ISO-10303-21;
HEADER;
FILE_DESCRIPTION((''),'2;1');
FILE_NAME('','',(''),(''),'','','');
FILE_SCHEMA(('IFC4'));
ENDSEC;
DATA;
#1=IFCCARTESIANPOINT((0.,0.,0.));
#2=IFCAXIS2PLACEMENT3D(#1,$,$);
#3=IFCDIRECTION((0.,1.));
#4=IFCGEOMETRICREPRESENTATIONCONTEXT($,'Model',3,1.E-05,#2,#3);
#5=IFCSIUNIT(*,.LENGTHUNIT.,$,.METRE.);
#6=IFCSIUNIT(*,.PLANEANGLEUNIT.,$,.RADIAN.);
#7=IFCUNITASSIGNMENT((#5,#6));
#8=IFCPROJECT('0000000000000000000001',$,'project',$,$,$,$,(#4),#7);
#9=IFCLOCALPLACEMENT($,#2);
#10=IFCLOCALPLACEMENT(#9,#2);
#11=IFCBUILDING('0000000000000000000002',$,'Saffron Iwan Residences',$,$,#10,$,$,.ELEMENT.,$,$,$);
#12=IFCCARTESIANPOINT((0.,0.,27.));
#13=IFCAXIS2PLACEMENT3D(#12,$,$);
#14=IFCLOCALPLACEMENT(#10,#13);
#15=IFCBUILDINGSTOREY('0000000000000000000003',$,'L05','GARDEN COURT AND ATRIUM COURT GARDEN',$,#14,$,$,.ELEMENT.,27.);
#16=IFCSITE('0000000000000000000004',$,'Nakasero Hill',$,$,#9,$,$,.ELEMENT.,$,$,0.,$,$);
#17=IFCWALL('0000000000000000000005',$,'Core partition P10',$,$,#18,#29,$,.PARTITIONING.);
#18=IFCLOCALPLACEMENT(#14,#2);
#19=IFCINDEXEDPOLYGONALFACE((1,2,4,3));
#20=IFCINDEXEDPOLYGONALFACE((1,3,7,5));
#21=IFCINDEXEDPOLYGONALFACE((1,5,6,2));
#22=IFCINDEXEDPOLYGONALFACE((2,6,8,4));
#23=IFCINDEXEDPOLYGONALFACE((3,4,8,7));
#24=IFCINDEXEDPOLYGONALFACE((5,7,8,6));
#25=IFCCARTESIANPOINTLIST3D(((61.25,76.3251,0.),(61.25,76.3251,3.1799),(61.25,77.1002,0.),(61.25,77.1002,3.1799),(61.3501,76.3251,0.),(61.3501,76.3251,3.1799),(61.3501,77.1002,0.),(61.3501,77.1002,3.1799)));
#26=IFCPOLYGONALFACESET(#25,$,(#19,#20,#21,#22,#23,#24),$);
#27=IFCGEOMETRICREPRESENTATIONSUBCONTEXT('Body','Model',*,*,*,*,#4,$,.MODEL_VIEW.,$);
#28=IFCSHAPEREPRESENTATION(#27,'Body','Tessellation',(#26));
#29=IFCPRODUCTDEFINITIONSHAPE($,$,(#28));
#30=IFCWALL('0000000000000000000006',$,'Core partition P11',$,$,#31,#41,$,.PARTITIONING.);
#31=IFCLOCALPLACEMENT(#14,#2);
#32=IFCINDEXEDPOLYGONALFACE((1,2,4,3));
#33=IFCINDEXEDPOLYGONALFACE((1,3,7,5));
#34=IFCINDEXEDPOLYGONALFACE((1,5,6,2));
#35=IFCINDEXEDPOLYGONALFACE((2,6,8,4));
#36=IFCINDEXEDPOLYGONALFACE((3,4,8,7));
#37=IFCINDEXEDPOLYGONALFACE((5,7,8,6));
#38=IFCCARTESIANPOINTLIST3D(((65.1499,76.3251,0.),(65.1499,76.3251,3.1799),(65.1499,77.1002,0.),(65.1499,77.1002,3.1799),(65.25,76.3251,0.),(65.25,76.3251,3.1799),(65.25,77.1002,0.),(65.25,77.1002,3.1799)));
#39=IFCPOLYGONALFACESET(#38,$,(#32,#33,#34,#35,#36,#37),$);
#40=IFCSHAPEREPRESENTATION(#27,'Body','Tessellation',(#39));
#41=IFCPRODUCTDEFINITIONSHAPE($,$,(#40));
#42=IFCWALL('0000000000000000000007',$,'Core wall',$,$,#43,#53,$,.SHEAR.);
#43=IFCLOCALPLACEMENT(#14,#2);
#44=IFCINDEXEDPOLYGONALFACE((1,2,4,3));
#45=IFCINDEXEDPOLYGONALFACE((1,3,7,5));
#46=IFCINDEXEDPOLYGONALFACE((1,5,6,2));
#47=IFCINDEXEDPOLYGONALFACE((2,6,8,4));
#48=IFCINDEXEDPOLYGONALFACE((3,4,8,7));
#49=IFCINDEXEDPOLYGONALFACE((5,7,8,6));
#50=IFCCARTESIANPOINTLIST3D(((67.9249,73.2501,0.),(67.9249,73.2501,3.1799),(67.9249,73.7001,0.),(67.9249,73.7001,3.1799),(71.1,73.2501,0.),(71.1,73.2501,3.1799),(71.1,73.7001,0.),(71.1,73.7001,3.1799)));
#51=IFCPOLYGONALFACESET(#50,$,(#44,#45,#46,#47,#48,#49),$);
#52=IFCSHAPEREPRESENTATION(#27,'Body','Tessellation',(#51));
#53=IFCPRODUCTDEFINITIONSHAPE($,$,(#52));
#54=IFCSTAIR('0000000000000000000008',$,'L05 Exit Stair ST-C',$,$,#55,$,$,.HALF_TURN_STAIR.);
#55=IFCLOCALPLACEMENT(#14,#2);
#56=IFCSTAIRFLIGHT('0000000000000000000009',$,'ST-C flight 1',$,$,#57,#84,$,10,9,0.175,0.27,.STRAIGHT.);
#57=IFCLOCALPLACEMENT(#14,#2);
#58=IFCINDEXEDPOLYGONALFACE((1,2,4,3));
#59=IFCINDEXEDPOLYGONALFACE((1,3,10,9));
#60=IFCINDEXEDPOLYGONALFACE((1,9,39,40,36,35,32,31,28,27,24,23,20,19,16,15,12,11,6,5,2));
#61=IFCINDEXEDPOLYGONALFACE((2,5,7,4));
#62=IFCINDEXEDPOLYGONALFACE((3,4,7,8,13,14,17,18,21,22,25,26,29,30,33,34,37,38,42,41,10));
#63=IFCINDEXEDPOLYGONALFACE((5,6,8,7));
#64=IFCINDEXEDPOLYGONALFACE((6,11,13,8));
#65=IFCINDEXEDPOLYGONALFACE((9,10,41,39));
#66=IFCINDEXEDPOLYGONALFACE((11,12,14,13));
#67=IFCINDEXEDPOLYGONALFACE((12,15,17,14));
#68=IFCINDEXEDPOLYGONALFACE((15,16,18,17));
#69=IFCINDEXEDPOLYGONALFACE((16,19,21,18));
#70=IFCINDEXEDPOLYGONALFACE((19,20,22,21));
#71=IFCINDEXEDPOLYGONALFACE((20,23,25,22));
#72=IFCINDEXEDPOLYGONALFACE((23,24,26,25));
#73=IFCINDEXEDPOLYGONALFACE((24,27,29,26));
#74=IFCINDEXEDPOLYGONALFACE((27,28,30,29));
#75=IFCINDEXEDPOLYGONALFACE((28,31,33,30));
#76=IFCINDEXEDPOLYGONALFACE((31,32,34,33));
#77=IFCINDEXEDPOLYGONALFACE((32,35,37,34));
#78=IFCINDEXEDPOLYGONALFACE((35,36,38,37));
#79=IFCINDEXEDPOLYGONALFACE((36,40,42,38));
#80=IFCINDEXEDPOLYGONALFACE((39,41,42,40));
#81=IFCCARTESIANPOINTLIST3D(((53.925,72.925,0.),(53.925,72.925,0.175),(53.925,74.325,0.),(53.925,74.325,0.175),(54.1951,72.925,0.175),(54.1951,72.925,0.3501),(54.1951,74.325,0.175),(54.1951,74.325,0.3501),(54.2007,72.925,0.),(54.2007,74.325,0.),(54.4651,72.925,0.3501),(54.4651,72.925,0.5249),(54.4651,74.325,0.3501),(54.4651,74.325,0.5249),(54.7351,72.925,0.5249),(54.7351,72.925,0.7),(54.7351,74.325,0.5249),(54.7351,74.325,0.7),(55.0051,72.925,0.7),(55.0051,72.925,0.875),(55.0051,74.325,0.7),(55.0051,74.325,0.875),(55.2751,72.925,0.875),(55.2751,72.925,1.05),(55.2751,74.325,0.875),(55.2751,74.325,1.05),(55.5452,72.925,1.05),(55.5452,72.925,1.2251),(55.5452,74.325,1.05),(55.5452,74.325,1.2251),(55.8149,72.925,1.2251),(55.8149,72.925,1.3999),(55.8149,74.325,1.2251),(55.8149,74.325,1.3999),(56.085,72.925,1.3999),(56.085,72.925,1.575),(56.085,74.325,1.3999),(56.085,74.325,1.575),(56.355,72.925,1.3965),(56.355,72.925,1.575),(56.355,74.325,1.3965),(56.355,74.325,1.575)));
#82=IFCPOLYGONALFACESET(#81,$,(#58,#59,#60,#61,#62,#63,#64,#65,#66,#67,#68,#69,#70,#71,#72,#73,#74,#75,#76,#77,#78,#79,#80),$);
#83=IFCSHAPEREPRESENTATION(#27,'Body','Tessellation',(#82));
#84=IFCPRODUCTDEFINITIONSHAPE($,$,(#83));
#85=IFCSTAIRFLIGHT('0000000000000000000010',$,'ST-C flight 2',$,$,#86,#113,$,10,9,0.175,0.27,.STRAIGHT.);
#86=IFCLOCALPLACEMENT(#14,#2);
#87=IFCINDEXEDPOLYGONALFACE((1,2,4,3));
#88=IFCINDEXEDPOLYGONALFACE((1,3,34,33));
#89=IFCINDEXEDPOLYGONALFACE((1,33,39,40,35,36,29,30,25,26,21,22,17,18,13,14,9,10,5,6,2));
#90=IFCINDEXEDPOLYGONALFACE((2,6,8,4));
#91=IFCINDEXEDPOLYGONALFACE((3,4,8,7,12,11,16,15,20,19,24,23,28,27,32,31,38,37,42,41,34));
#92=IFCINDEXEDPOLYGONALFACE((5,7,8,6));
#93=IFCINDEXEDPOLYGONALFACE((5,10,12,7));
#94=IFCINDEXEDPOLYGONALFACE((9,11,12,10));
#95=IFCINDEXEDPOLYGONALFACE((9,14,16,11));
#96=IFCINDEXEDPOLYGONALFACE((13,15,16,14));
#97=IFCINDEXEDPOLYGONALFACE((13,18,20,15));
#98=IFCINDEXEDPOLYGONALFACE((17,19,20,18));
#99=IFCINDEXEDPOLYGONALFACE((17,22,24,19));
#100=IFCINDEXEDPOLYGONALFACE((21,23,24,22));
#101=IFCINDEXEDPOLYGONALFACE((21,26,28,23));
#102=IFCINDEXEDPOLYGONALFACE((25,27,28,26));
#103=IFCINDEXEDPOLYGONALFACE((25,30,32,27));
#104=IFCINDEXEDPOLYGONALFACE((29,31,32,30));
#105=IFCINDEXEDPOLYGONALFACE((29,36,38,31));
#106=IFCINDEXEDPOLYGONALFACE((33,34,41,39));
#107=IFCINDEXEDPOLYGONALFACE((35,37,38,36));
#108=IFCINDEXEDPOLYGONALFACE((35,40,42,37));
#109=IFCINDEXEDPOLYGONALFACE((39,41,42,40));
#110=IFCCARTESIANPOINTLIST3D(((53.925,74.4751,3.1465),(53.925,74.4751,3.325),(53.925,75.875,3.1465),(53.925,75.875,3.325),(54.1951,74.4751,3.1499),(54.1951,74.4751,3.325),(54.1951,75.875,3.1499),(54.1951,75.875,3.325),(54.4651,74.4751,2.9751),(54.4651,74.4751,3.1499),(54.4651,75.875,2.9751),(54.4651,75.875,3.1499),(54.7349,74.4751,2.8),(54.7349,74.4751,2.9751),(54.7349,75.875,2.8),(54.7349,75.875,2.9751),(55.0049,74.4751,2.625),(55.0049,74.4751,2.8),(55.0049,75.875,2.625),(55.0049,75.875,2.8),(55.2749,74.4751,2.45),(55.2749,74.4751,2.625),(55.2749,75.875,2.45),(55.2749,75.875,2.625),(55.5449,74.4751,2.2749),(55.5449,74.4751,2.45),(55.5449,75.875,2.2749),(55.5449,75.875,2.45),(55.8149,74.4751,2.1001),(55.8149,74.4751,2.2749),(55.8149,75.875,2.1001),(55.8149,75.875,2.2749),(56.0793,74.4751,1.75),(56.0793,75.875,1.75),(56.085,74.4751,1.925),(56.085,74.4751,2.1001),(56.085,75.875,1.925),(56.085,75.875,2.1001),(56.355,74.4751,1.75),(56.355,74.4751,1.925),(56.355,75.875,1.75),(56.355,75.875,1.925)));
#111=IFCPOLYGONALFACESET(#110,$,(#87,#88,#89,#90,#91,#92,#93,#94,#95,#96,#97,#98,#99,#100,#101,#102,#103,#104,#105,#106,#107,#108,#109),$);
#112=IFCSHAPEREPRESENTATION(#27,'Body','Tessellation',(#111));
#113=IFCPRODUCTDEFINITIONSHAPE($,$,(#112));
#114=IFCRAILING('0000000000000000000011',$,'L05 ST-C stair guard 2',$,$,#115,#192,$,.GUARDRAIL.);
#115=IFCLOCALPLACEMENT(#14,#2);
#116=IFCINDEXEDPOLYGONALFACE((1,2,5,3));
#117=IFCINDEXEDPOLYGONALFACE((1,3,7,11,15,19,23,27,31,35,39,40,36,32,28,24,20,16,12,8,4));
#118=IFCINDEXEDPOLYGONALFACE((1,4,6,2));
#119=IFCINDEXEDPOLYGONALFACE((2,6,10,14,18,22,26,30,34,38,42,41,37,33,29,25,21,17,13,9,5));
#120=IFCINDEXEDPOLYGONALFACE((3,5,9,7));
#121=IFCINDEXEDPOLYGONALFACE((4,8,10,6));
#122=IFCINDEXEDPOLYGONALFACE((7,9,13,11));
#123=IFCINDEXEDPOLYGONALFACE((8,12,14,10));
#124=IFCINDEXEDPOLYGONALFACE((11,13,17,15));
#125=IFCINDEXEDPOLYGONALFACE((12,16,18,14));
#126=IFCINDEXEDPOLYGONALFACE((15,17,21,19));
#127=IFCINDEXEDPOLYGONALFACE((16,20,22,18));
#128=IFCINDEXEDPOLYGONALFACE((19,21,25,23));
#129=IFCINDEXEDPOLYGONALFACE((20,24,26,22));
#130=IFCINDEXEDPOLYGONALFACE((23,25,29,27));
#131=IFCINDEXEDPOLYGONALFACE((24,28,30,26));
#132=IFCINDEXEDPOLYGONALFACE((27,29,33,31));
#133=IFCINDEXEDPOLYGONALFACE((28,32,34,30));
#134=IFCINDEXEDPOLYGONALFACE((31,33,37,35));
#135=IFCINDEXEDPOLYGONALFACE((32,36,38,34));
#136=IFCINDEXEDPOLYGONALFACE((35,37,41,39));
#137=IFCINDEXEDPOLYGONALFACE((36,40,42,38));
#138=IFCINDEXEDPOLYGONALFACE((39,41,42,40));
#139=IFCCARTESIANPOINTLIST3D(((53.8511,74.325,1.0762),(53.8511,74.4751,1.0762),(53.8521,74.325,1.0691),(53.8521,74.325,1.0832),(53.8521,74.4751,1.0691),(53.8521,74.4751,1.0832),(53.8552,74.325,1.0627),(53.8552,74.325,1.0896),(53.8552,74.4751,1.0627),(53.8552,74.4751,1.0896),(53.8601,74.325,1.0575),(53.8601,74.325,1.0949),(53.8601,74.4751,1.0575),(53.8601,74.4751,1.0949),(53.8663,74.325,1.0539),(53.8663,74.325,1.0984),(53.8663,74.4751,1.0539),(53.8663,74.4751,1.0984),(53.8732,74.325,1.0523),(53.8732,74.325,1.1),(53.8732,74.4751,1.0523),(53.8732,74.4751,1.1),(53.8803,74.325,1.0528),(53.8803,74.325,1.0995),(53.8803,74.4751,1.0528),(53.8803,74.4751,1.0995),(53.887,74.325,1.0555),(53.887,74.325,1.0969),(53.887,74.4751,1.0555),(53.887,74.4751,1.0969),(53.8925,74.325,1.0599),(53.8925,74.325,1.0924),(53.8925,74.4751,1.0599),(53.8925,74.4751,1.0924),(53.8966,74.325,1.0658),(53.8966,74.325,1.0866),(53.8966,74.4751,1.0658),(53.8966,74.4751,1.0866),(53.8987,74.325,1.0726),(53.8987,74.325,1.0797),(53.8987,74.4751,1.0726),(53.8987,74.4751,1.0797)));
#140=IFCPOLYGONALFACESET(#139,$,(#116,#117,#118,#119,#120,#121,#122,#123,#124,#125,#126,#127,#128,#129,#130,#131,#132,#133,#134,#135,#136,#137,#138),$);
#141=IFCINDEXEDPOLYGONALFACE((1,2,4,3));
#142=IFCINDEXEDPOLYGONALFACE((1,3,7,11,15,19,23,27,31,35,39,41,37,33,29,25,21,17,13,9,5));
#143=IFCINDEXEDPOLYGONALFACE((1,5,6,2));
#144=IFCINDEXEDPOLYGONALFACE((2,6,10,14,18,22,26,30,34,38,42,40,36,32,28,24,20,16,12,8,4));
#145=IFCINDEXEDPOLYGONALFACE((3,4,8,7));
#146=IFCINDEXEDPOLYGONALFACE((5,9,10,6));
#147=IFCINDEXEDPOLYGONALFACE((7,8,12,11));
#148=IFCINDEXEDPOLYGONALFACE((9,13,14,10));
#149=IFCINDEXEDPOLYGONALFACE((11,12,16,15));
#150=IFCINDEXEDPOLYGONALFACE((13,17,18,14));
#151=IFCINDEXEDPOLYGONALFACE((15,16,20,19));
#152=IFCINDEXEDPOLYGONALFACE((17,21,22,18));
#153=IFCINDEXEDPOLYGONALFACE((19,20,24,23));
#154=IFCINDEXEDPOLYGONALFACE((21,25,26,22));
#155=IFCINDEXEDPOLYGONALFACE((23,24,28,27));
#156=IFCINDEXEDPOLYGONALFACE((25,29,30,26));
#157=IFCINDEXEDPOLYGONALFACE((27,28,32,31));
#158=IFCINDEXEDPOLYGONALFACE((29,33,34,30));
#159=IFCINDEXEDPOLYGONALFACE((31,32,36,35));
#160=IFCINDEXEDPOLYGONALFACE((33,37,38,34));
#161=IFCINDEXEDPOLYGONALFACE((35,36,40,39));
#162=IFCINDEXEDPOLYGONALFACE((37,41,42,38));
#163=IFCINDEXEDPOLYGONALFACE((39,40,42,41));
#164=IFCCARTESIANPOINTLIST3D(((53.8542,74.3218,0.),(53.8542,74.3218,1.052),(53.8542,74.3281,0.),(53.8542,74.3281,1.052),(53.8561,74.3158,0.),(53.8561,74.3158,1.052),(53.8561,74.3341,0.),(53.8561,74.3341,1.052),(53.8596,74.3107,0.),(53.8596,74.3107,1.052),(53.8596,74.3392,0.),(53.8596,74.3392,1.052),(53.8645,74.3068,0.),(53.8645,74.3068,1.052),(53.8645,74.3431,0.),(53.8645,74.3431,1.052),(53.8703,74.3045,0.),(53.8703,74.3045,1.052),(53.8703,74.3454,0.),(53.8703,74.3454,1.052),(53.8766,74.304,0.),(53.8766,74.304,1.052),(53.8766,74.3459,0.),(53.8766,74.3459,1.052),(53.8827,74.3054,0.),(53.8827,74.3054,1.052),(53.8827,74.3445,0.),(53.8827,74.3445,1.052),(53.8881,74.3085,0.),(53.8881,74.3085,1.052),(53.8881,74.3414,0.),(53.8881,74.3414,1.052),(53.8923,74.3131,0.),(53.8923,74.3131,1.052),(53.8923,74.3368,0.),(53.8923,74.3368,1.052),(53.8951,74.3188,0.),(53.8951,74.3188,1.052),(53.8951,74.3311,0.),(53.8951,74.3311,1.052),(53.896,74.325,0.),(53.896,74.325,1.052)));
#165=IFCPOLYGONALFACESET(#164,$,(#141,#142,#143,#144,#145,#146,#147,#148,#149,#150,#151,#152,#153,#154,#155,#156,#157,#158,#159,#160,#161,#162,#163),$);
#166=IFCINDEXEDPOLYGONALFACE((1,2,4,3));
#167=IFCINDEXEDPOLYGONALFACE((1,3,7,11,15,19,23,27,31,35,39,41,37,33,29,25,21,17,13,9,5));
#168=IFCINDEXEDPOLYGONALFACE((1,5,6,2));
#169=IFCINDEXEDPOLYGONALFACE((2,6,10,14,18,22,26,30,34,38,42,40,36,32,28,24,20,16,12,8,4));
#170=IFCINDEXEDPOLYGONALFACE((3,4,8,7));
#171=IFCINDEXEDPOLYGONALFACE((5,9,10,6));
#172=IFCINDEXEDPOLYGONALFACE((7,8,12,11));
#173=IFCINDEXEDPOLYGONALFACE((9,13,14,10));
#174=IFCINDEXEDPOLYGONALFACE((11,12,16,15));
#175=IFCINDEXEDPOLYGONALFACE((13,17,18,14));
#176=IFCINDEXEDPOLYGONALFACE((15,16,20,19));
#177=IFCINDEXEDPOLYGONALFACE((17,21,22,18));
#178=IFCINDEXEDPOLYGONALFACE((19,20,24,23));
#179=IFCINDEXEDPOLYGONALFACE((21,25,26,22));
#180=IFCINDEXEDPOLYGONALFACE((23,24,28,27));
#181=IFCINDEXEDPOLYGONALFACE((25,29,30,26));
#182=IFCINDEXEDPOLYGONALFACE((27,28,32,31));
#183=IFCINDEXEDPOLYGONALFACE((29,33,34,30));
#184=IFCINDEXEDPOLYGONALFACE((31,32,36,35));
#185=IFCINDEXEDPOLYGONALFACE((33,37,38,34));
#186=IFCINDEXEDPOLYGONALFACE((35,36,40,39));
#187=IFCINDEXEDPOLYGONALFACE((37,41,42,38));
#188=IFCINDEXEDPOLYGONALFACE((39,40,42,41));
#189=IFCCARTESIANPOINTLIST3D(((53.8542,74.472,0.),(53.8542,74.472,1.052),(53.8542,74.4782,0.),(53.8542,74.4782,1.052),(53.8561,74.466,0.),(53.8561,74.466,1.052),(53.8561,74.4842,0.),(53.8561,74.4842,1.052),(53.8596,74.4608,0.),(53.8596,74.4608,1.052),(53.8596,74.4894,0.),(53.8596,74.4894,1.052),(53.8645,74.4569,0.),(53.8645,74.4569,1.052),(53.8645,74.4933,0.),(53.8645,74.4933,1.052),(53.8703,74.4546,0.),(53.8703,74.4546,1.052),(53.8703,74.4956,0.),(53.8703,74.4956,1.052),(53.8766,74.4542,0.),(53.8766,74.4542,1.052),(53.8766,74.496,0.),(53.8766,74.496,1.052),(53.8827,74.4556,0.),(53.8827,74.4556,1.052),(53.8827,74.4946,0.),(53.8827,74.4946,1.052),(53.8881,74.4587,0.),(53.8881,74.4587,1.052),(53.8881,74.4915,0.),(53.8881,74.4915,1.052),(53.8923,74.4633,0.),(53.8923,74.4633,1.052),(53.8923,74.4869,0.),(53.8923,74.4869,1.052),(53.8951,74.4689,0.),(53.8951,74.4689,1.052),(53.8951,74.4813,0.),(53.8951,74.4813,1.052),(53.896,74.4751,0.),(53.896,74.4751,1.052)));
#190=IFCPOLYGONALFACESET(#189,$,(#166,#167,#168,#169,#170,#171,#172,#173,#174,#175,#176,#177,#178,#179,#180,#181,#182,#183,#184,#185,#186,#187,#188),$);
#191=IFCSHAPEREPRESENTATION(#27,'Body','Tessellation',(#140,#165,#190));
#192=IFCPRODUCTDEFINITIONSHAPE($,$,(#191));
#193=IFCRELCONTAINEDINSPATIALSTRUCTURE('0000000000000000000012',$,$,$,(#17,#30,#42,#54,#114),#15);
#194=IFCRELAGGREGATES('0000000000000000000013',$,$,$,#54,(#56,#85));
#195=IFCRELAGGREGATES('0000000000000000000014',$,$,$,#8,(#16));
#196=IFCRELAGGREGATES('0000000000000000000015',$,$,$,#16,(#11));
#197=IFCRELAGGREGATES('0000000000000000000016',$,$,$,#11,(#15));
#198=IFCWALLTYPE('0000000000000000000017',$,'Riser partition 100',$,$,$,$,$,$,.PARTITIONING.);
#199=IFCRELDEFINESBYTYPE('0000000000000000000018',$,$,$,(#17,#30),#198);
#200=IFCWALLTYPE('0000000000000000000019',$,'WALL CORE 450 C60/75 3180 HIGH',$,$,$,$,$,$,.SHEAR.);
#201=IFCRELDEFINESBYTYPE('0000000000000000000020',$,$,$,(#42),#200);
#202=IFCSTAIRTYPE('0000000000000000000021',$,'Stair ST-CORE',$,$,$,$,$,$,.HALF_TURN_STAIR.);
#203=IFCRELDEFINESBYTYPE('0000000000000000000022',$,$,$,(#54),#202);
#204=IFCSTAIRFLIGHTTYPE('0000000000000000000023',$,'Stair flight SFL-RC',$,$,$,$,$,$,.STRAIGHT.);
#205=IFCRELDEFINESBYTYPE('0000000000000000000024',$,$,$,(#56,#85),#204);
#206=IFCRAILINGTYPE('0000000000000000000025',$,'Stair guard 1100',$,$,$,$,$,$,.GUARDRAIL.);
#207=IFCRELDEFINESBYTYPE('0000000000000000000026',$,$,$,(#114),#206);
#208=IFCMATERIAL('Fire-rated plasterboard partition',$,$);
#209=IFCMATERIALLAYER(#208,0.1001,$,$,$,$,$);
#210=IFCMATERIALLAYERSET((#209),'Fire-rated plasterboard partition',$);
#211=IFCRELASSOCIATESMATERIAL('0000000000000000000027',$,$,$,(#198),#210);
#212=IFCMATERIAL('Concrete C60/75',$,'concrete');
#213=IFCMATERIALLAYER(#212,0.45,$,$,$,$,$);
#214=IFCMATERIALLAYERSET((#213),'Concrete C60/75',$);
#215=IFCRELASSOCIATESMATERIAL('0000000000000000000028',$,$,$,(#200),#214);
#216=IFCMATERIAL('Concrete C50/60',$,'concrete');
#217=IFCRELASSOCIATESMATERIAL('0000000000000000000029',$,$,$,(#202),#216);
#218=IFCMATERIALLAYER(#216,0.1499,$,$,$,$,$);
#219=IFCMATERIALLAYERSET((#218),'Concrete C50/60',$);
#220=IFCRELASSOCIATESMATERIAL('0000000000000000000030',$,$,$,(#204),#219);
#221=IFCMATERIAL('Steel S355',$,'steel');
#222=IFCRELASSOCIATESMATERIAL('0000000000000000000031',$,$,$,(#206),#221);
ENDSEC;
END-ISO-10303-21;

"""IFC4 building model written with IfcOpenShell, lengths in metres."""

from ifc_helpers import new_model, si_unit, direction, frame, frame_2d, origin, origin_2d, place, context, subcontext, project, spatial, polyline, rectangle, circle, outline, extrude, material, layer, layer_set, type_object, element, aggregate, save


model = new_model("IFC4")

# Units and contexts
model_context = context("Model", 3, precision=1e-05, world=origin(), true_north=direction((0.0, 1.0)))
body_context = subcontext(model_context, "Body", "Model", "MODEL_VIEW")
ifc_project = project(units=[si_unit("LENGTHUNIT", "METRE"), si_unit("PLANEANGLEUNIT", "RADIAN")], contexts=[model_context])

# Site, building, storey
site_placement = place(None, origin())
site = spatial("IfcSite", under=ifc_project, at=site_placement, Name="Nakasero Hill", CompositionType="ELEMENT", RefElevation=0.0)
building_placement = place(site_placement, origin())
building = spatial("IfcBuilding", under=site, at=building_placement, Name="Saffron Iwan Residences", CompositionType="ELEMENT")
storey_placement = place(building_placement, frame((0.0, 0.0, 27.0)))
storey = spatial("IfcBuildingStorey", under=building, at=storey_placement, Name="L05", Description="GARDEN COURT AND ATRIUM COURT GARDEN", CompositionType="ELEMENT", Elevation=27.0)

# Shared definitions
ifc_material_1 = material(Name="Concrete C60/75", Category="concrete")

# Walls
ifc_material_2 = material(Name="Fire-rated plasterboard partition")
ifc_layer_1 = layer(ifc_material_2, 0.1001)
ifc_layer_set_1 = layer_set([ifc_layer_1], Name="Fire-rated plasterboard partition")
wall_type_1 = type_object("IfcWallType", Name="Riser partition 100", PredefinedType="PARTITIONING", material=ifc_layer_set_1)
for number, where, z_axis, x_axis, name in (
    (1, (61.3, 76.325, 0.0), (0.0, 0.0, 1.0), (0.0, 1.0, 0.0), "Core partition P10"),
    (2, (65.2, 76.325, 0.0), (0.0, 0.0, 1.0), (0.0, 1.0, 0.0), "Core partition P11"),
):
    element("IfcWall", number, at=place(storey_placement, frame(where, z_axis=z_axis, x_axis=x_axis)), inside=storey, type_object=wall_type_1, Name=name, PredefinedType="PARTITIONING", context=body_context, shape_type="SweptSolid", body=[
        extrude(rectangle(XDim=0.7751, YDim=0.1001, at=frame_2d((0.3877, 0.0))), origin(), (0.0, 0.0, 1.0), 3.1799),
    ])
ifc_layer_2 = layer(ifc_material_1, 0.45)
ifc_layer_set_2 = layer_set([ifc_layer_2], Name="Concrete C60/75")
wall_type_2 = type_object("IfcWallType", Name="WALL CORE 450 C60/75 3180 HIGH", PredefinedType="SHEAR", material=ifc_layer_set_2)
wall_1_placement = place(storey_placement, frame((67.925, 73.4751, 0.0), z_axis=(0.0, 0.0, 1.0), x_axis=(1.0, 0.0, 0.0)))
element("IfcWall", 3, at=wall_1_placement, inside=storey, type_object=wall_type_2, Name="Core wall", PredefinedType="SHEAR", context=body_context, shape_type="SweptSolid", body=[
    extrude(rectangle(XDim=3.175, YDim=0.45, at=frame_2d((1.5874, 0.0))), origin(), (0.0, 0.0, 1.0), 3.1799),
])

# Stair, stair flights
ifc_material_3 = material(Name="Concrete C50/60", Category="concrete")
stair_type = type_object("IfcStairType", Name="Stair ST-CORE", PredefinedType="HALF_TURN_STAIR", material=ifc_material_3)
stair_placement = place(storey_placement, origin())
stair = element("IfcStair", 4, at=stair_placement, inside=storey, type_object=stair_type, Name="L05 Exit Stair ST-C", PredefinedType="HALF_TURN_STAIR")
ifc_layer_3 = layer(ifc_material_3, 0.1499)
ifc_layer_set_3 = layer_set([ifc_layer_3], Name="Concrete C50/60")
stair_flight_type = type_object("IfcStairFlightType", Name="Stair flight SFL-RC", PredefinedType="STRAIGHT", material=ifc_layer_set_3)
stair_flight_1_placement = place(storey_placement, frame((53.925, 73.625, 0.0), z_axis=(0.0, 0.0, 1.0), x_axis=(1.0, 0.0, 0.0)))
stair_flight_1 = element("IfcStairFlight", 5, at=stair_flight_1_placement, type_object=stair_flight_type, Name="ST-C flight 1", NumberOfRisers=10, NumberOfTreads=9, PredefinedType="STRAIGHT", RiserHeight=0.175, TreadLength=0.27, context=body_context, shape_type="SweptSolid", body=[
    extrude(outline(polyline([(0.0, 0.0), (0.0, 0.175), (0.27, 0.175), (0.27, 0.3501), (0.54, 0.3501), (0.54, 0.5249), (0.8101, 0.5249), (0.8101, 0.7), (1.0801, 0.7), (1.0801, 0.875), (1.3501, 0.875), (1.3501, 1.05), (1.6201, 1.05), (1.6201, 1.2251), (1.8899, 1.2251), (1.8899, 1.3999), (2.1599, 1.3999), (2.1599, 1.575), (2.4299, 1.575), (2.4299, 1.75), (2.4299, 1.3965), (0.2756, 0.0), (0.0, 0.0)])), frame((0.0, 0.7, 0.0), z_axis=(0.0, -1.0, 0.0), x_axis=(1.0, 0.0, 0.0)), (0.0, 0.0, 1.0), 1.3999),
])
stair_flight_2_placement = place(storey_placement, frame((56.355, 75.175, 1.75), z_axis=(0.0, 0.0, 1.0), x_axis=(-1.0, 0.0, 0.0)))
stair_flight_2 = element("IfcStairFlight", 6, at=stair_flight_2_placement, type_object=stair_flight_type, Name="ST-C flight 2", NumberOfRisers=10, NumberOfTreads=9, PredefinedType="STRAIGHT", RiserHeight=0.175, TreadLength=0.27, context=body_context, shape_type="SweptSolid", body=[
    extrude(outline(polyline([(0.0, 0.0), (0.0, 0.175), (0.27, 0.175), (0.27, 0.3501), (0.54, 0.3501), (0.54, 0.5249), (0.8101, 0.5249), (0.8101, 0.7), (1.0801, 0.7), (1.0801, 0.875), (1.3501, 0.875), (1.3501, 1.05), (1.6201, 1.05), (1.6201, 1.2251), (1.8899, 1.2251), (1.8899, 1.3999), (2.1599, 1.3999), (2.1599, 1.575), (2.4299, 1.575), (2.4299, 1.75), (2.4299, 1.3965), (0.2756, 0.0), (0.0, 0.0)])), frame((0.0, 0.7, 0.0), z_axis=(0.0, -1.0, 0.0), x_axis=(1.0, 0.0, 0.0)), (0.0, 0.0, 1.0), 1.3999),
])
aggregate(stair, [stair_flight_1, stair_flight_2])

# Railing
ifc_material_4 = material(Name="Steel S355", Category="steel")
railing_type_1 = type_object("IfcRailingType", Name="Stair guard 1100", PredefinedType="GUARDRAIL", material=ifc_material_4)
railing_1_placement = place(storey_placement, frame((53.875, 74.325, 0.0)))
element("IfcRailing", 7, at=railing_1_placement, inside=storey, type_object=railing_type_1, Name="L05 ST-C stair guard 2", PredefinedType="GUARDRAIL", context=body_context, shape_type="SweptSolid", body=[
    extrude(circle(Radius=0.0239, at=origin_2d()), frame((0.0, 0.0, 1.0762), z_axis=(0.0, 1.0, 0.0), x_axis=(-1.0, 0.0, 0.0)), (0.0, 0.0, 1.0), 0.1501),
    extrude(circle(Radius=0.021, at=origin_2d()), origin(), (0.0, 0.0, 1.0), 1.052),
    extrude(circle(Radius=0.021, at=origin_2d()), frame((0.0, 0.1501, 0.0)), (0.0, 0.0, 1.0), 1.052),
])

save(model, "model.ifc")
